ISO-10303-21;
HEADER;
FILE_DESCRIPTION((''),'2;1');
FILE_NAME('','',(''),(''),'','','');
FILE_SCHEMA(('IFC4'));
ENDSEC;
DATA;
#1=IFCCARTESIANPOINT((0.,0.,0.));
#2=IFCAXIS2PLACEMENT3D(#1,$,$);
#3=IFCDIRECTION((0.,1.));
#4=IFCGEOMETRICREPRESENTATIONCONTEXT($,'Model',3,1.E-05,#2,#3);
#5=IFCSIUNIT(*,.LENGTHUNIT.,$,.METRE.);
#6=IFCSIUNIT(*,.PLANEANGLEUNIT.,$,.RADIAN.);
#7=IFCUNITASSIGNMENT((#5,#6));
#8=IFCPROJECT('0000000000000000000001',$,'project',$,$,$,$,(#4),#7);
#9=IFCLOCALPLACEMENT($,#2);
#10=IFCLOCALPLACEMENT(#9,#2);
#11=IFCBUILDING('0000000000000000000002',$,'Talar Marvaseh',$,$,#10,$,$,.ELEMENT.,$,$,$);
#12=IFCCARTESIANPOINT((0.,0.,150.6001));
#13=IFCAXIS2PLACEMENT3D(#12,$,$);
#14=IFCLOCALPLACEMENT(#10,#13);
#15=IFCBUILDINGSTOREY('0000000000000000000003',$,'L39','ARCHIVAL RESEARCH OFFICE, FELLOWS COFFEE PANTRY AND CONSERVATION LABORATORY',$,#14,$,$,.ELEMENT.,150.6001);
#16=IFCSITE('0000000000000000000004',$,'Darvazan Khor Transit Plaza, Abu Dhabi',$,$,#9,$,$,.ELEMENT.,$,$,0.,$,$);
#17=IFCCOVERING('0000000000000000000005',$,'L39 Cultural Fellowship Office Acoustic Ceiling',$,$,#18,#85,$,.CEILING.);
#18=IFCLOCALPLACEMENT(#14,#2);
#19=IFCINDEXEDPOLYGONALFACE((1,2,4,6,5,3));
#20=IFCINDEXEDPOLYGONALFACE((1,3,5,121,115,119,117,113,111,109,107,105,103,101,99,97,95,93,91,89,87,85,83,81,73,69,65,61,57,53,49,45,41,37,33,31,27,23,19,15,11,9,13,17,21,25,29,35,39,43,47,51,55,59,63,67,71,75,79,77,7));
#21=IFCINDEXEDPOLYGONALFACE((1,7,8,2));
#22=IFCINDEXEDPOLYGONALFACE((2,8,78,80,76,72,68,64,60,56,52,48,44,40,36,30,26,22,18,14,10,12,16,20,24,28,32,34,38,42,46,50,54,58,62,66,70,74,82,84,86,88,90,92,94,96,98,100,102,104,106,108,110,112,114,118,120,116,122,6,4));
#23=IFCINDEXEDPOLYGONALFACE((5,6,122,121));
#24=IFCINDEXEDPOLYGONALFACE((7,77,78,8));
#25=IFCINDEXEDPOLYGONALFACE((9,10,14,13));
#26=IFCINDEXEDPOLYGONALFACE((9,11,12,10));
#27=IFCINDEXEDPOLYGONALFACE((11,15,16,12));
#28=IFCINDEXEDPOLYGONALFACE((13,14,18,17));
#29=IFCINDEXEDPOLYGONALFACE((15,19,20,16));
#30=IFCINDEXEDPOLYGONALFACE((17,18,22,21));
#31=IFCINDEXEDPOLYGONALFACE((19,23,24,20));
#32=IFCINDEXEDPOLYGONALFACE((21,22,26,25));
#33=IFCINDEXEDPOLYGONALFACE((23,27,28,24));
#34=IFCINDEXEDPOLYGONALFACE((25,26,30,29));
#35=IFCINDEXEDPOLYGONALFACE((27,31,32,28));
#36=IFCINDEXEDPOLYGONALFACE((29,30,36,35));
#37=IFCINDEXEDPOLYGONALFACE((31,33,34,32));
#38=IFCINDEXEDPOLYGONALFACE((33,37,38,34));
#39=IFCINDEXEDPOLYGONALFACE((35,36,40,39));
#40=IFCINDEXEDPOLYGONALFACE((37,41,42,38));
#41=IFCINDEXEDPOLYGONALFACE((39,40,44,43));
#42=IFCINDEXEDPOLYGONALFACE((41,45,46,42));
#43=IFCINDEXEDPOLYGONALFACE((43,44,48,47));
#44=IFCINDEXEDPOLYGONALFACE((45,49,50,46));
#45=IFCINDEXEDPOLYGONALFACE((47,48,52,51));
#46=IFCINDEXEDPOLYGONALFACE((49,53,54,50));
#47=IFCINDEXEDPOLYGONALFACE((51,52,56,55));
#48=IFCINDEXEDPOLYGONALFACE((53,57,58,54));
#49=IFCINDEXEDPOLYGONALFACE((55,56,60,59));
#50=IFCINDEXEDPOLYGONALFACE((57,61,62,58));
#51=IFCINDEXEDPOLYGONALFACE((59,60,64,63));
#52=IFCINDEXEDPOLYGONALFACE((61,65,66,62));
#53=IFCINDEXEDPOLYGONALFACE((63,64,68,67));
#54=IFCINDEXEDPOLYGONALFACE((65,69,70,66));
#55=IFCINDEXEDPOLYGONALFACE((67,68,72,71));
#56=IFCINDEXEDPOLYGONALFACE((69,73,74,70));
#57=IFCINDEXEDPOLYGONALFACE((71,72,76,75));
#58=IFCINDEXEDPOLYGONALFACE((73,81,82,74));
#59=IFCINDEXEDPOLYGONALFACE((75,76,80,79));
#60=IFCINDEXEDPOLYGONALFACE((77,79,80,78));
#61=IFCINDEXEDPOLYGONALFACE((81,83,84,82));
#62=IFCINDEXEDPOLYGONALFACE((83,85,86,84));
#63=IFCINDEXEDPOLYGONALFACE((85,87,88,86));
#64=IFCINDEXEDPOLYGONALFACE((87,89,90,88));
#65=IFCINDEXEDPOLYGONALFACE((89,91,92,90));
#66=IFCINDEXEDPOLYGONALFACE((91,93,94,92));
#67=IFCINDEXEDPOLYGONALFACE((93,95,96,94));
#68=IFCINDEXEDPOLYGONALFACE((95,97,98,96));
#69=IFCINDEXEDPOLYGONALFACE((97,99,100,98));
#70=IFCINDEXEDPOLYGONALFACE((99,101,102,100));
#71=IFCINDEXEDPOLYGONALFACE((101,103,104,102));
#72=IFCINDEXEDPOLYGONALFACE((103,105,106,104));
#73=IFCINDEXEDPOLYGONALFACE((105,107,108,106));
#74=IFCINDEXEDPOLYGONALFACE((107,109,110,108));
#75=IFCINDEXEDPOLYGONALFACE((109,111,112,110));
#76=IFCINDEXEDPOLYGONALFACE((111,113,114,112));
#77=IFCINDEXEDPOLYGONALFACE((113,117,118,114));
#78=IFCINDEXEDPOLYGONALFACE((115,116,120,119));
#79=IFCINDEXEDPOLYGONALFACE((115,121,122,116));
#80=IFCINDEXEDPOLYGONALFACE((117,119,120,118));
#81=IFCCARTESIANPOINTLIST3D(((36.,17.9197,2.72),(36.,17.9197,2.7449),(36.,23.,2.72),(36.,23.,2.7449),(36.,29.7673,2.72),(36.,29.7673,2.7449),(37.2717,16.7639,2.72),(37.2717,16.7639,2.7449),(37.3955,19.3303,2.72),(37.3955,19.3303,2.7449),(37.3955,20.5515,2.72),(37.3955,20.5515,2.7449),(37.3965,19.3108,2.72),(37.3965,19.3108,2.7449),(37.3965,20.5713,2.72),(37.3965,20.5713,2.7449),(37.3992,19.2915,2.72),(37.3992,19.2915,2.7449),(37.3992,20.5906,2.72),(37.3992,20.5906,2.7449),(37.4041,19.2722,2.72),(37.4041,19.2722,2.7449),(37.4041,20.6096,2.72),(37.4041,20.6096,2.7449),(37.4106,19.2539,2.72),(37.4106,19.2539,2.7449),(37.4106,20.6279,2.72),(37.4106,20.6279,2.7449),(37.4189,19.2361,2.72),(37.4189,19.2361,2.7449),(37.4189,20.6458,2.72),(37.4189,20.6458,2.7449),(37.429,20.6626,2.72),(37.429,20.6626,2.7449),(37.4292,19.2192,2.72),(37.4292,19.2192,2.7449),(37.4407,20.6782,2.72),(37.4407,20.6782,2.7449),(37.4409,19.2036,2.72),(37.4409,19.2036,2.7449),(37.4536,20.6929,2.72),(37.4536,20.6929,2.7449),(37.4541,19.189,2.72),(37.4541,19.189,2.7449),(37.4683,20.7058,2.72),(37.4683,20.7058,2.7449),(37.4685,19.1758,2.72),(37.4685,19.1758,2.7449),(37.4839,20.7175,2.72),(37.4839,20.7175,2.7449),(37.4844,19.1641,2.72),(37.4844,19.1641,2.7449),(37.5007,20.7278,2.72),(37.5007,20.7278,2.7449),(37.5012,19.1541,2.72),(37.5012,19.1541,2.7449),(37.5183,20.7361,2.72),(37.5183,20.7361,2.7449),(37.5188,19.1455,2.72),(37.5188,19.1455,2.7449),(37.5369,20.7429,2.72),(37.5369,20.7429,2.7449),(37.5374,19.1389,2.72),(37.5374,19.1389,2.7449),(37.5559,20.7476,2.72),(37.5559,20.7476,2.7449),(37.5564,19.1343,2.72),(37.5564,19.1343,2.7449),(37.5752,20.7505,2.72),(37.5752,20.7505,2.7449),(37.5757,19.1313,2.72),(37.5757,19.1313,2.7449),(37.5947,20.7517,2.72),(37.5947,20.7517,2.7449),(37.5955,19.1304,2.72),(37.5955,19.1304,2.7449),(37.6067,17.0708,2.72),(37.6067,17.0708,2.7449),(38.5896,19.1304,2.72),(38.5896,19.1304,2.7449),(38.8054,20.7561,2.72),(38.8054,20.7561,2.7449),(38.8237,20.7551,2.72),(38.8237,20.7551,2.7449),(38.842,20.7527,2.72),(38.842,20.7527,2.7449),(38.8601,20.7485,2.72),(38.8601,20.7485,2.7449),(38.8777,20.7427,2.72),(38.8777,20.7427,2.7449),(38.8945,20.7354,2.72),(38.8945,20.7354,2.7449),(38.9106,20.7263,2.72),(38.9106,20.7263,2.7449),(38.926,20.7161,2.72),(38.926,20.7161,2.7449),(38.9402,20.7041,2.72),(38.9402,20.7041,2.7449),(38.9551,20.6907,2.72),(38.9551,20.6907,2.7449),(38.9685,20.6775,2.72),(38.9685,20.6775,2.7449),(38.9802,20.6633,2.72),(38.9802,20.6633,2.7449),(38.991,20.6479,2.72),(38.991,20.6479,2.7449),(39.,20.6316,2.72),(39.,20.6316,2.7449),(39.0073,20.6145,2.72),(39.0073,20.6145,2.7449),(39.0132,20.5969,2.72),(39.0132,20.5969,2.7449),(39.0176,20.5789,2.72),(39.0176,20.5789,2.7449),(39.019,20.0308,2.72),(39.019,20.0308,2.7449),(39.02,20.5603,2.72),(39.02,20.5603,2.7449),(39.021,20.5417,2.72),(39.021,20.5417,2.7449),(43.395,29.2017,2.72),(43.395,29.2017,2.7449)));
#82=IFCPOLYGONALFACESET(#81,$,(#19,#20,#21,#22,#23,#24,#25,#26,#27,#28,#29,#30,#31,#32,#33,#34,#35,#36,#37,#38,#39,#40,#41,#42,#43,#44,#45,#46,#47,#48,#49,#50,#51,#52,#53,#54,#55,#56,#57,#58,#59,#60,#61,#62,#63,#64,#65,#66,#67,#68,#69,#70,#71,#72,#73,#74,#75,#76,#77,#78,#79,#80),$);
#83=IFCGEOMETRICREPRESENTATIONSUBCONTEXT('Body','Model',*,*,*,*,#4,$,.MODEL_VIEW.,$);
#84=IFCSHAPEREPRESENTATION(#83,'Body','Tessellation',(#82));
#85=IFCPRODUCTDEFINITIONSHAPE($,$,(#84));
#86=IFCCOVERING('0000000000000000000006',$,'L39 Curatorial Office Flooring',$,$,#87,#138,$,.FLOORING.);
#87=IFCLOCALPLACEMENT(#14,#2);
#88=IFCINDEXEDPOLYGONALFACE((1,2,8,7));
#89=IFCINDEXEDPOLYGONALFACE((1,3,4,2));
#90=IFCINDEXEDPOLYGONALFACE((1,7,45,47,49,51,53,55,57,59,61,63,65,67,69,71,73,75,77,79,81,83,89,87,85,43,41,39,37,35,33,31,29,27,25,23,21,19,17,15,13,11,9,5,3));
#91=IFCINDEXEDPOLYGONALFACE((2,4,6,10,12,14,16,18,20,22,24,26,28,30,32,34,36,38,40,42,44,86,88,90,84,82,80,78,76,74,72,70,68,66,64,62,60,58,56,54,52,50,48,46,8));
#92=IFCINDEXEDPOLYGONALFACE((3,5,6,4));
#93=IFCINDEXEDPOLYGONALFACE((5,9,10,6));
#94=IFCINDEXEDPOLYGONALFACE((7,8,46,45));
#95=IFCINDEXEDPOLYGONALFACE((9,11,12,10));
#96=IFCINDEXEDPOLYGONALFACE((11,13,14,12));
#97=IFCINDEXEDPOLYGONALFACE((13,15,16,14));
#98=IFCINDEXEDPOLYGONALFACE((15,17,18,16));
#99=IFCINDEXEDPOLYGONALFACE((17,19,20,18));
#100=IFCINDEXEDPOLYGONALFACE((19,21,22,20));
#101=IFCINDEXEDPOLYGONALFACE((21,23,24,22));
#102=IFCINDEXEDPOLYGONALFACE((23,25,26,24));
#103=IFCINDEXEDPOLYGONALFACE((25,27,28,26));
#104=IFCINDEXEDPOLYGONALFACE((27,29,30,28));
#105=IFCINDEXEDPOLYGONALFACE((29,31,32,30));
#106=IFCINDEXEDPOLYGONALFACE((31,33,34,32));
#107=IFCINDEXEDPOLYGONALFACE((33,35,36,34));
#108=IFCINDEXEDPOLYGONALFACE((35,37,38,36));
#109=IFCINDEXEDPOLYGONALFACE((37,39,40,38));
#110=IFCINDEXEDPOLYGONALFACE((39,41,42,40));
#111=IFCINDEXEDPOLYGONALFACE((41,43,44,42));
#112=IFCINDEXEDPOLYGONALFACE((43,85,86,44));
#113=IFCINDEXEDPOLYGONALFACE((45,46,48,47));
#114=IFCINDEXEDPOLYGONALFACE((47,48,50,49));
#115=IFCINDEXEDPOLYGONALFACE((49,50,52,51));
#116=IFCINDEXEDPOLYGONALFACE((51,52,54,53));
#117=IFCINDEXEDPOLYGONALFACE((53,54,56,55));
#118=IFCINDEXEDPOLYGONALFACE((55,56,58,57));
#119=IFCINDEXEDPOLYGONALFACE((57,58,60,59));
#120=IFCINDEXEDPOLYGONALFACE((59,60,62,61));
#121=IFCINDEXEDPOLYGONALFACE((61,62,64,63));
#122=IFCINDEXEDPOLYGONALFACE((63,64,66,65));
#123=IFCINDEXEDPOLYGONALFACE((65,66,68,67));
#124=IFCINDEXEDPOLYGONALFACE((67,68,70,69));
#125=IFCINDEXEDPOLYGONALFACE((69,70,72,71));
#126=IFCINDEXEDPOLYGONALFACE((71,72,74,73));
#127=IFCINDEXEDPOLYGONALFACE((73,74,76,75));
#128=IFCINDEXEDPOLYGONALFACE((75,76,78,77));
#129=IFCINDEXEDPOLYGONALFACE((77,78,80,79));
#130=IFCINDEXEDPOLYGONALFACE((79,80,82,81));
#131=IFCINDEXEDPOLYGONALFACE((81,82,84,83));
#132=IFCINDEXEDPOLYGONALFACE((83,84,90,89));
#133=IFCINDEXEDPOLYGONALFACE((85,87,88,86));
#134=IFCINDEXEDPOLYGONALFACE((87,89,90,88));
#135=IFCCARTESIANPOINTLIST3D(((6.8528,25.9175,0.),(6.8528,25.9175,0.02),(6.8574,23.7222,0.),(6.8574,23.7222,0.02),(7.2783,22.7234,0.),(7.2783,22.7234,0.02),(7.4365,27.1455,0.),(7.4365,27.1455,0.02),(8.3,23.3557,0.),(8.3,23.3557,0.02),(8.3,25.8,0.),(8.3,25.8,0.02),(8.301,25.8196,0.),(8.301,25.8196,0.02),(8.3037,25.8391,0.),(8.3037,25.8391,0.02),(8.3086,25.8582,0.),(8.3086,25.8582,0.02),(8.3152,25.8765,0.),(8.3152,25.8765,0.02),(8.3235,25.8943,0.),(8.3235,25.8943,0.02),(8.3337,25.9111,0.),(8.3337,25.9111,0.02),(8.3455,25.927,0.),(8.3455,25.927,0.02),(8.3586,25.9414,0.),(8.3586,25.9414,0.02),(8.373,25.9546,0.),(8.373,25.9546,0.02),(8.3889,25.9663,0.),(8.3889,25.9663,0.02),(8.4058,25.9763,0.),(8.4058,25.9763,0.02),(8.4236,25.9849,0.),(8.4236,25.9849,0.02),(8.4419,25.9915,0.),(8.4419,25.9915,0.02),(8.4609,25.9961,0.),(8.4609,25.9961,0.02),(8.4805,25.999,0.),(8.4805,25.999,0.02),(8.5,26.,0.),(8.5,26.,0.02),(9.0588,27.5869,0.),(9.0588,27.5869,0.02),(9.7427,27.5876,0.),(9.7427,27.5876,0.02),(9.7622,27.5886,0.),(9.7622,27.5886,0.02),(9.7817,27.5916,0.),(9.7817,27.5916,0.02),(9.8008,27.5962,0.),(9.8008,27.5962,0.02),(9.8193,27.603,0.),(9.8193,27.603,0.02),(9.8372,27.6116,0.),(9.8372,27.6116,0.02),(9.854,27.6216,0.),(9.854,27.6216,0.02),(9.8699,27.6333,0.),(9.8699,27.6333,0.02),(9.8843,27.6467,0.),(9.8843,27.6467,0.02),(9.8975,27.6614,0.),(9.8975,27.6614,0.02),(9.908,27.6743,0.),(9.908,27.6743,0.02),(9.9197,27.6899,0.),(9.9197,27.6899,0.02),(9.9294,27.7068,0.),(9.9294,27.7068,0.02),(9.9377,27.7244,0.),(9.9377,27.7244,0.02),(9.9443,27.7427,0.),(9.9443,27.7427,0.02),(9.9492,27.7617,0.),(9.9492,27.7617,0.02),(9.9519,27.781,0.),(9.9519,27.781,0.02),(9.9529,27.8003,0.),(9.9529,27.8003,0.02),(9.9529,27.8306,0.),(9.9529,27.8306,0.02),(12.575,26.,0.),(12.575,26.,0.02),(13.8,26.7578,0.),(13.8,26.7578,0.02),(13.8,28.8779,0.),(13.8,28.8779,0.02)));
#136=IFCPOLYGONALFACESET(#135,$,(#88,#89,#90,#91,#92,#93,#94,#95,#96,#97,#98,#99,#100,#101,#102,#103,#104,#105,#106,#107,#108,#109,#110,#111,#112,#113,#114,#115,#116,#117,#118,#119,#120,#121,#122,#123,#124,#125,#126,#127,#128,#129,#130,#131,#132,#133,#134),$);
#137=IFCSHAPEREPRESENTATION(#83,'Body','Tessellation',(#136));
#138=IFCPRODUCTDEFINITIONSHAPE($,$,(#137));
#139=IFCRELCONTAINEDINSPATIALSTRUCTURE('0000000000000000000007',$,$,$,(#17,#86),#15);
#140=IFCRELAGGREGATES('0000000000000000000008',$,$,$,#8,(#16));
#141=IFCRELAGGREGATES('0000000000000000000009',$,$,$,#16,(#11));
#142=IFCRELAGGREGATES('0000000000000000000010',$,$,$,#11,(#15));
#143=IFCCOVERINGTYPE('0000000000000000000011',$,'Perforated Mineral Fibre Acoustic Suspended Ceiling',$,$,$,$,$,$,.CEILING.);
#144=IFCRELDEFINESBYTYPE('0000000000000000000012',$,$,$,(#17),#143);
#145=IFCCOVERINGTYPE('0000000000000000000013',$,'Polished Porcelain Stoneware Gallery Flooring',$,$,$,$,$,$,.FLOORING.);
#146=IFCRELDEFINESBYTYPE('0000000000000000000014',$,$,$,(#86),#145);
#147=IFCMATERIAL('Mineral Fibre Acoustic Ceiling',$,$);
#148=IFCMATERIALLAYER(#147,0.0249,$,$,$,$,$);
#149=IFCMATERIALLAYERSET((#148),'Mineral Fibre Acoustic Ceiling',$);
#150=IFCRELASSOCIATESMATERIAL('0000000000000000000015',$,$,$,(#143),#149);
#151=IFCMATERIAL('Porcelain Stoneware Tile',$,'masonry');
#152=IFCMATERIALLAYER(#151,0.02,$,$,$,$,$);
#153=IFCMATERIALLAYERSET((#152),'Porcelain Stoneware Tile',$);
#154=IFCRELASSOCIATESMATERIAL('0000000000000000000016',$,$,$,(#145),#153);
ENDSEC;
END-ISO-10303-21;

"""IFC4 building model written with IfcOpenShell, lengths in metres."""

from ifc_helpers import new_model, si_unit, direction, frame, origin, place, context, subcontext, project, spatial, polyline, outline, extrude, material, layer, layer_set, type_object, element, save


model = new_model("IFC4")

# Units and contexts
model_context = context("Model", 3, precision=1e-05, world=origin(), true_north=direction((0.0, 1.0)))
body_context = subcontext(model_context, "Body", "Model", "MODEL_VIEW")
ifc_project = project(units=[si_unit("LENGTHUNIT", "METRE"), si_unit("PLANEANGLEUNIT", "RADIAN")], contexts=[model_context])

# Site, building, storey
site_placement = place(None, origin())
site = spatial("IfcSite", under=ifc_project, at=site_placement, Name="Darvazan Khor Transit Plaza, Abu Dhabi", CompositionType="ELEMENT", RefElevation=0.0)
building_placement = place(site_placement, origin())
building = spatial("IfcBuilding", under=site, at=building_placement, Name="Talar Marvaseh", CompositionType="ELEMENT")
storey_placement = place(building_placement, frame((0.0, 0.0, 150.6001)))
storey = spatial("IfcBuildingStorey", under=building, at=storey_placement, Name="L39", Description="ARCHIVAL RESEARCH OFFICE, FELLOWS COFFEE PANTRY AND CONSERVATION LABORATORY", CompositionType="ELEMENT", Elevation=150.6001)

# Coverings
ifc_material_1 = material(Name="Mineral Fibre Acoustic Ceiling")
ifc_layer_1 = layer(ifc_material_1, 0.0249)
ifc_layer_set_1 = layer_set([ifc_layer_1], Name="Mineral Fibre Acoustic Ceiling")
covering_type_1 = type_object("IfcCoveringType", Name="Perforated Mineral Fibre Acoustic Suspended Ceiling", PredefinedType="CEILING", material=ifc_layer_set_1)
covering_1_placement = place(storey_placement, frame((0.0, 0.0, 2.72)))
element("IfcCovering", 1, at=covering_1_placement, inside=storey, type_object=covering_type_1, Name="L39 Cultural Fellowship Office Acoustic Ceiling", PredefinedType="CEILING", context=body_context, shape_type="SweptSolid", body=[
    extrude(outline(polyline([(36.0, 23.0), (36.0, 29.7673), (43.395, 29.2017), (39.019, 20.0308), (39.021, 20.5417), (39.02, 20.5603), (39.0176, 20.5789), (39.0132, 20.5969), (39.0073, 20.6145), (39.0, 20.6316), (38.991, 20.6479), (38.9802, 20.6633), (38.9685, 20.6775), (38.9551, 20.6907), (38.9402, 20.7041), (38.926, 20.7161), (38.9106, 20.7263), (38.8945, 20.7354), (38.8777, 20.7427), (38.8601, 20.7485), (38.842, 20.7527), (38.8237, 20.7551), (38.8054, 20.7561), (37.5947, 20.7517), (37.5752, 20.7505), (37.5559, 20.7476), (37.5369, 20.7429), (37.5183, 20.7361), (37.5007, 20.7278), (37.4839, 20.7175), (37.4683, 20.7058), (37.4536, 20.6929), (37.4407, 20.6782), (37.429, 20.6626), (37.4189, 20.6458), (37.4106, 20.6279), (37.4041, 20.6096), (37.3992, 20.5906), (37.3965, 20.5713), (37.3955, 20.5515), (37.3955, 19.3303), (37.3965, 19.3108), (37.3992, 19.2915), (37.4041, 19.2722), (37.4106, 19.2539), (37.4189, 19.2361), (37.4292, 19.2192), (37.4409, 19.2036), (37.4541, 19.189), (37.4685, 19.1758), (37.4844, 19.1641), (37.5012, 19.1541), (37.5188, 19.1455), (37.5374, 19.1389), (37.5564, 19.1343), (37.5757, 19.1313), (37.5955, 19.1304), (38.5896, 19.1304), (37.6067, 17.0708), (37.2717, 16.7639), (36.0, 17.9197), (36.0, 23.0)])), origin(), (0.0, 0.0, 1.0), 0.0249),
])
ifc_material_2 = material(Name="Porcelain Stoneware Tile", Category="masonry")
ifc_layer_2 = layer(ifc_material_2, 0.02)
ifc_layer_set_2 = layer_set([ifc_layer_2], Name="Porcelain Stoneware Tile")
covering_type_2 = type_object("IfcCoveringType", Name="Polished Porcelain Stoneware Gallery Flooring", PredefinedType="FLOORING", material=ifc_layer_set_2)
covering_2_placement = place(storey_placement, origin())
element("IfcCovering", 2, at=covering_2_placement, inside=storey, type_object=covering_type_2, Name="L39 Curatorial Office Flooring", PredefinedType="FLOORING", context=body_context, shape_type="SweptSolid", body=[
    extrude(outline(polyline([(8.4805, 25.999), (8.4609, 25.9961), (8.4419, 25.9915), (8.4236, 25.9849), (8.4058, 25.9763), (8.3889, 25.9663), (8.373, 25.9546), (8.3586, 25.9414), (8.3455, 25.927), (8.3337, 25.9111), (8.3235, 25.8943), (8.3152, 25.8765), (8.3086, 25.8582), (8.3037, 25.8391), (8.301, 25.8196), (8.3, 25.8), (8.3, 23.3557), (7.2783, 22.7234), (6.8574, 23.7222), (6.8528, 25.9175), (7.4365, 27.1455), (9.0588, 27.5869), (9.7427, 27.5876), (9.7622, 27.5886), (9.7817, 27.5916), (9.8008, 27.5962), (9.8193, 27.603), (9.8372, 27.6116), (9.854, 27.6216), (9.8699, 27.6333), (9.8843, 27.6467), (9.8975, 27.6614), (9.908, 27.6743), (9.9197, 27.6899), (9.9294, 27.7068), (9.9377, 27.7244), (9.9443, 27.7427), (9.9492, 27.7617), (9.9519, 27.781), (9.9529, 27.8003), (9.9529, 27.8306), (13.8, 28.8779), (13.8, 26.7578), (12.575, 26.0), (8.5, 26.0), (8.4805, 25.999)])), origin(), (0.0, 0.0, 1.0), 0.02),
])

save(model, "model.ifc")
